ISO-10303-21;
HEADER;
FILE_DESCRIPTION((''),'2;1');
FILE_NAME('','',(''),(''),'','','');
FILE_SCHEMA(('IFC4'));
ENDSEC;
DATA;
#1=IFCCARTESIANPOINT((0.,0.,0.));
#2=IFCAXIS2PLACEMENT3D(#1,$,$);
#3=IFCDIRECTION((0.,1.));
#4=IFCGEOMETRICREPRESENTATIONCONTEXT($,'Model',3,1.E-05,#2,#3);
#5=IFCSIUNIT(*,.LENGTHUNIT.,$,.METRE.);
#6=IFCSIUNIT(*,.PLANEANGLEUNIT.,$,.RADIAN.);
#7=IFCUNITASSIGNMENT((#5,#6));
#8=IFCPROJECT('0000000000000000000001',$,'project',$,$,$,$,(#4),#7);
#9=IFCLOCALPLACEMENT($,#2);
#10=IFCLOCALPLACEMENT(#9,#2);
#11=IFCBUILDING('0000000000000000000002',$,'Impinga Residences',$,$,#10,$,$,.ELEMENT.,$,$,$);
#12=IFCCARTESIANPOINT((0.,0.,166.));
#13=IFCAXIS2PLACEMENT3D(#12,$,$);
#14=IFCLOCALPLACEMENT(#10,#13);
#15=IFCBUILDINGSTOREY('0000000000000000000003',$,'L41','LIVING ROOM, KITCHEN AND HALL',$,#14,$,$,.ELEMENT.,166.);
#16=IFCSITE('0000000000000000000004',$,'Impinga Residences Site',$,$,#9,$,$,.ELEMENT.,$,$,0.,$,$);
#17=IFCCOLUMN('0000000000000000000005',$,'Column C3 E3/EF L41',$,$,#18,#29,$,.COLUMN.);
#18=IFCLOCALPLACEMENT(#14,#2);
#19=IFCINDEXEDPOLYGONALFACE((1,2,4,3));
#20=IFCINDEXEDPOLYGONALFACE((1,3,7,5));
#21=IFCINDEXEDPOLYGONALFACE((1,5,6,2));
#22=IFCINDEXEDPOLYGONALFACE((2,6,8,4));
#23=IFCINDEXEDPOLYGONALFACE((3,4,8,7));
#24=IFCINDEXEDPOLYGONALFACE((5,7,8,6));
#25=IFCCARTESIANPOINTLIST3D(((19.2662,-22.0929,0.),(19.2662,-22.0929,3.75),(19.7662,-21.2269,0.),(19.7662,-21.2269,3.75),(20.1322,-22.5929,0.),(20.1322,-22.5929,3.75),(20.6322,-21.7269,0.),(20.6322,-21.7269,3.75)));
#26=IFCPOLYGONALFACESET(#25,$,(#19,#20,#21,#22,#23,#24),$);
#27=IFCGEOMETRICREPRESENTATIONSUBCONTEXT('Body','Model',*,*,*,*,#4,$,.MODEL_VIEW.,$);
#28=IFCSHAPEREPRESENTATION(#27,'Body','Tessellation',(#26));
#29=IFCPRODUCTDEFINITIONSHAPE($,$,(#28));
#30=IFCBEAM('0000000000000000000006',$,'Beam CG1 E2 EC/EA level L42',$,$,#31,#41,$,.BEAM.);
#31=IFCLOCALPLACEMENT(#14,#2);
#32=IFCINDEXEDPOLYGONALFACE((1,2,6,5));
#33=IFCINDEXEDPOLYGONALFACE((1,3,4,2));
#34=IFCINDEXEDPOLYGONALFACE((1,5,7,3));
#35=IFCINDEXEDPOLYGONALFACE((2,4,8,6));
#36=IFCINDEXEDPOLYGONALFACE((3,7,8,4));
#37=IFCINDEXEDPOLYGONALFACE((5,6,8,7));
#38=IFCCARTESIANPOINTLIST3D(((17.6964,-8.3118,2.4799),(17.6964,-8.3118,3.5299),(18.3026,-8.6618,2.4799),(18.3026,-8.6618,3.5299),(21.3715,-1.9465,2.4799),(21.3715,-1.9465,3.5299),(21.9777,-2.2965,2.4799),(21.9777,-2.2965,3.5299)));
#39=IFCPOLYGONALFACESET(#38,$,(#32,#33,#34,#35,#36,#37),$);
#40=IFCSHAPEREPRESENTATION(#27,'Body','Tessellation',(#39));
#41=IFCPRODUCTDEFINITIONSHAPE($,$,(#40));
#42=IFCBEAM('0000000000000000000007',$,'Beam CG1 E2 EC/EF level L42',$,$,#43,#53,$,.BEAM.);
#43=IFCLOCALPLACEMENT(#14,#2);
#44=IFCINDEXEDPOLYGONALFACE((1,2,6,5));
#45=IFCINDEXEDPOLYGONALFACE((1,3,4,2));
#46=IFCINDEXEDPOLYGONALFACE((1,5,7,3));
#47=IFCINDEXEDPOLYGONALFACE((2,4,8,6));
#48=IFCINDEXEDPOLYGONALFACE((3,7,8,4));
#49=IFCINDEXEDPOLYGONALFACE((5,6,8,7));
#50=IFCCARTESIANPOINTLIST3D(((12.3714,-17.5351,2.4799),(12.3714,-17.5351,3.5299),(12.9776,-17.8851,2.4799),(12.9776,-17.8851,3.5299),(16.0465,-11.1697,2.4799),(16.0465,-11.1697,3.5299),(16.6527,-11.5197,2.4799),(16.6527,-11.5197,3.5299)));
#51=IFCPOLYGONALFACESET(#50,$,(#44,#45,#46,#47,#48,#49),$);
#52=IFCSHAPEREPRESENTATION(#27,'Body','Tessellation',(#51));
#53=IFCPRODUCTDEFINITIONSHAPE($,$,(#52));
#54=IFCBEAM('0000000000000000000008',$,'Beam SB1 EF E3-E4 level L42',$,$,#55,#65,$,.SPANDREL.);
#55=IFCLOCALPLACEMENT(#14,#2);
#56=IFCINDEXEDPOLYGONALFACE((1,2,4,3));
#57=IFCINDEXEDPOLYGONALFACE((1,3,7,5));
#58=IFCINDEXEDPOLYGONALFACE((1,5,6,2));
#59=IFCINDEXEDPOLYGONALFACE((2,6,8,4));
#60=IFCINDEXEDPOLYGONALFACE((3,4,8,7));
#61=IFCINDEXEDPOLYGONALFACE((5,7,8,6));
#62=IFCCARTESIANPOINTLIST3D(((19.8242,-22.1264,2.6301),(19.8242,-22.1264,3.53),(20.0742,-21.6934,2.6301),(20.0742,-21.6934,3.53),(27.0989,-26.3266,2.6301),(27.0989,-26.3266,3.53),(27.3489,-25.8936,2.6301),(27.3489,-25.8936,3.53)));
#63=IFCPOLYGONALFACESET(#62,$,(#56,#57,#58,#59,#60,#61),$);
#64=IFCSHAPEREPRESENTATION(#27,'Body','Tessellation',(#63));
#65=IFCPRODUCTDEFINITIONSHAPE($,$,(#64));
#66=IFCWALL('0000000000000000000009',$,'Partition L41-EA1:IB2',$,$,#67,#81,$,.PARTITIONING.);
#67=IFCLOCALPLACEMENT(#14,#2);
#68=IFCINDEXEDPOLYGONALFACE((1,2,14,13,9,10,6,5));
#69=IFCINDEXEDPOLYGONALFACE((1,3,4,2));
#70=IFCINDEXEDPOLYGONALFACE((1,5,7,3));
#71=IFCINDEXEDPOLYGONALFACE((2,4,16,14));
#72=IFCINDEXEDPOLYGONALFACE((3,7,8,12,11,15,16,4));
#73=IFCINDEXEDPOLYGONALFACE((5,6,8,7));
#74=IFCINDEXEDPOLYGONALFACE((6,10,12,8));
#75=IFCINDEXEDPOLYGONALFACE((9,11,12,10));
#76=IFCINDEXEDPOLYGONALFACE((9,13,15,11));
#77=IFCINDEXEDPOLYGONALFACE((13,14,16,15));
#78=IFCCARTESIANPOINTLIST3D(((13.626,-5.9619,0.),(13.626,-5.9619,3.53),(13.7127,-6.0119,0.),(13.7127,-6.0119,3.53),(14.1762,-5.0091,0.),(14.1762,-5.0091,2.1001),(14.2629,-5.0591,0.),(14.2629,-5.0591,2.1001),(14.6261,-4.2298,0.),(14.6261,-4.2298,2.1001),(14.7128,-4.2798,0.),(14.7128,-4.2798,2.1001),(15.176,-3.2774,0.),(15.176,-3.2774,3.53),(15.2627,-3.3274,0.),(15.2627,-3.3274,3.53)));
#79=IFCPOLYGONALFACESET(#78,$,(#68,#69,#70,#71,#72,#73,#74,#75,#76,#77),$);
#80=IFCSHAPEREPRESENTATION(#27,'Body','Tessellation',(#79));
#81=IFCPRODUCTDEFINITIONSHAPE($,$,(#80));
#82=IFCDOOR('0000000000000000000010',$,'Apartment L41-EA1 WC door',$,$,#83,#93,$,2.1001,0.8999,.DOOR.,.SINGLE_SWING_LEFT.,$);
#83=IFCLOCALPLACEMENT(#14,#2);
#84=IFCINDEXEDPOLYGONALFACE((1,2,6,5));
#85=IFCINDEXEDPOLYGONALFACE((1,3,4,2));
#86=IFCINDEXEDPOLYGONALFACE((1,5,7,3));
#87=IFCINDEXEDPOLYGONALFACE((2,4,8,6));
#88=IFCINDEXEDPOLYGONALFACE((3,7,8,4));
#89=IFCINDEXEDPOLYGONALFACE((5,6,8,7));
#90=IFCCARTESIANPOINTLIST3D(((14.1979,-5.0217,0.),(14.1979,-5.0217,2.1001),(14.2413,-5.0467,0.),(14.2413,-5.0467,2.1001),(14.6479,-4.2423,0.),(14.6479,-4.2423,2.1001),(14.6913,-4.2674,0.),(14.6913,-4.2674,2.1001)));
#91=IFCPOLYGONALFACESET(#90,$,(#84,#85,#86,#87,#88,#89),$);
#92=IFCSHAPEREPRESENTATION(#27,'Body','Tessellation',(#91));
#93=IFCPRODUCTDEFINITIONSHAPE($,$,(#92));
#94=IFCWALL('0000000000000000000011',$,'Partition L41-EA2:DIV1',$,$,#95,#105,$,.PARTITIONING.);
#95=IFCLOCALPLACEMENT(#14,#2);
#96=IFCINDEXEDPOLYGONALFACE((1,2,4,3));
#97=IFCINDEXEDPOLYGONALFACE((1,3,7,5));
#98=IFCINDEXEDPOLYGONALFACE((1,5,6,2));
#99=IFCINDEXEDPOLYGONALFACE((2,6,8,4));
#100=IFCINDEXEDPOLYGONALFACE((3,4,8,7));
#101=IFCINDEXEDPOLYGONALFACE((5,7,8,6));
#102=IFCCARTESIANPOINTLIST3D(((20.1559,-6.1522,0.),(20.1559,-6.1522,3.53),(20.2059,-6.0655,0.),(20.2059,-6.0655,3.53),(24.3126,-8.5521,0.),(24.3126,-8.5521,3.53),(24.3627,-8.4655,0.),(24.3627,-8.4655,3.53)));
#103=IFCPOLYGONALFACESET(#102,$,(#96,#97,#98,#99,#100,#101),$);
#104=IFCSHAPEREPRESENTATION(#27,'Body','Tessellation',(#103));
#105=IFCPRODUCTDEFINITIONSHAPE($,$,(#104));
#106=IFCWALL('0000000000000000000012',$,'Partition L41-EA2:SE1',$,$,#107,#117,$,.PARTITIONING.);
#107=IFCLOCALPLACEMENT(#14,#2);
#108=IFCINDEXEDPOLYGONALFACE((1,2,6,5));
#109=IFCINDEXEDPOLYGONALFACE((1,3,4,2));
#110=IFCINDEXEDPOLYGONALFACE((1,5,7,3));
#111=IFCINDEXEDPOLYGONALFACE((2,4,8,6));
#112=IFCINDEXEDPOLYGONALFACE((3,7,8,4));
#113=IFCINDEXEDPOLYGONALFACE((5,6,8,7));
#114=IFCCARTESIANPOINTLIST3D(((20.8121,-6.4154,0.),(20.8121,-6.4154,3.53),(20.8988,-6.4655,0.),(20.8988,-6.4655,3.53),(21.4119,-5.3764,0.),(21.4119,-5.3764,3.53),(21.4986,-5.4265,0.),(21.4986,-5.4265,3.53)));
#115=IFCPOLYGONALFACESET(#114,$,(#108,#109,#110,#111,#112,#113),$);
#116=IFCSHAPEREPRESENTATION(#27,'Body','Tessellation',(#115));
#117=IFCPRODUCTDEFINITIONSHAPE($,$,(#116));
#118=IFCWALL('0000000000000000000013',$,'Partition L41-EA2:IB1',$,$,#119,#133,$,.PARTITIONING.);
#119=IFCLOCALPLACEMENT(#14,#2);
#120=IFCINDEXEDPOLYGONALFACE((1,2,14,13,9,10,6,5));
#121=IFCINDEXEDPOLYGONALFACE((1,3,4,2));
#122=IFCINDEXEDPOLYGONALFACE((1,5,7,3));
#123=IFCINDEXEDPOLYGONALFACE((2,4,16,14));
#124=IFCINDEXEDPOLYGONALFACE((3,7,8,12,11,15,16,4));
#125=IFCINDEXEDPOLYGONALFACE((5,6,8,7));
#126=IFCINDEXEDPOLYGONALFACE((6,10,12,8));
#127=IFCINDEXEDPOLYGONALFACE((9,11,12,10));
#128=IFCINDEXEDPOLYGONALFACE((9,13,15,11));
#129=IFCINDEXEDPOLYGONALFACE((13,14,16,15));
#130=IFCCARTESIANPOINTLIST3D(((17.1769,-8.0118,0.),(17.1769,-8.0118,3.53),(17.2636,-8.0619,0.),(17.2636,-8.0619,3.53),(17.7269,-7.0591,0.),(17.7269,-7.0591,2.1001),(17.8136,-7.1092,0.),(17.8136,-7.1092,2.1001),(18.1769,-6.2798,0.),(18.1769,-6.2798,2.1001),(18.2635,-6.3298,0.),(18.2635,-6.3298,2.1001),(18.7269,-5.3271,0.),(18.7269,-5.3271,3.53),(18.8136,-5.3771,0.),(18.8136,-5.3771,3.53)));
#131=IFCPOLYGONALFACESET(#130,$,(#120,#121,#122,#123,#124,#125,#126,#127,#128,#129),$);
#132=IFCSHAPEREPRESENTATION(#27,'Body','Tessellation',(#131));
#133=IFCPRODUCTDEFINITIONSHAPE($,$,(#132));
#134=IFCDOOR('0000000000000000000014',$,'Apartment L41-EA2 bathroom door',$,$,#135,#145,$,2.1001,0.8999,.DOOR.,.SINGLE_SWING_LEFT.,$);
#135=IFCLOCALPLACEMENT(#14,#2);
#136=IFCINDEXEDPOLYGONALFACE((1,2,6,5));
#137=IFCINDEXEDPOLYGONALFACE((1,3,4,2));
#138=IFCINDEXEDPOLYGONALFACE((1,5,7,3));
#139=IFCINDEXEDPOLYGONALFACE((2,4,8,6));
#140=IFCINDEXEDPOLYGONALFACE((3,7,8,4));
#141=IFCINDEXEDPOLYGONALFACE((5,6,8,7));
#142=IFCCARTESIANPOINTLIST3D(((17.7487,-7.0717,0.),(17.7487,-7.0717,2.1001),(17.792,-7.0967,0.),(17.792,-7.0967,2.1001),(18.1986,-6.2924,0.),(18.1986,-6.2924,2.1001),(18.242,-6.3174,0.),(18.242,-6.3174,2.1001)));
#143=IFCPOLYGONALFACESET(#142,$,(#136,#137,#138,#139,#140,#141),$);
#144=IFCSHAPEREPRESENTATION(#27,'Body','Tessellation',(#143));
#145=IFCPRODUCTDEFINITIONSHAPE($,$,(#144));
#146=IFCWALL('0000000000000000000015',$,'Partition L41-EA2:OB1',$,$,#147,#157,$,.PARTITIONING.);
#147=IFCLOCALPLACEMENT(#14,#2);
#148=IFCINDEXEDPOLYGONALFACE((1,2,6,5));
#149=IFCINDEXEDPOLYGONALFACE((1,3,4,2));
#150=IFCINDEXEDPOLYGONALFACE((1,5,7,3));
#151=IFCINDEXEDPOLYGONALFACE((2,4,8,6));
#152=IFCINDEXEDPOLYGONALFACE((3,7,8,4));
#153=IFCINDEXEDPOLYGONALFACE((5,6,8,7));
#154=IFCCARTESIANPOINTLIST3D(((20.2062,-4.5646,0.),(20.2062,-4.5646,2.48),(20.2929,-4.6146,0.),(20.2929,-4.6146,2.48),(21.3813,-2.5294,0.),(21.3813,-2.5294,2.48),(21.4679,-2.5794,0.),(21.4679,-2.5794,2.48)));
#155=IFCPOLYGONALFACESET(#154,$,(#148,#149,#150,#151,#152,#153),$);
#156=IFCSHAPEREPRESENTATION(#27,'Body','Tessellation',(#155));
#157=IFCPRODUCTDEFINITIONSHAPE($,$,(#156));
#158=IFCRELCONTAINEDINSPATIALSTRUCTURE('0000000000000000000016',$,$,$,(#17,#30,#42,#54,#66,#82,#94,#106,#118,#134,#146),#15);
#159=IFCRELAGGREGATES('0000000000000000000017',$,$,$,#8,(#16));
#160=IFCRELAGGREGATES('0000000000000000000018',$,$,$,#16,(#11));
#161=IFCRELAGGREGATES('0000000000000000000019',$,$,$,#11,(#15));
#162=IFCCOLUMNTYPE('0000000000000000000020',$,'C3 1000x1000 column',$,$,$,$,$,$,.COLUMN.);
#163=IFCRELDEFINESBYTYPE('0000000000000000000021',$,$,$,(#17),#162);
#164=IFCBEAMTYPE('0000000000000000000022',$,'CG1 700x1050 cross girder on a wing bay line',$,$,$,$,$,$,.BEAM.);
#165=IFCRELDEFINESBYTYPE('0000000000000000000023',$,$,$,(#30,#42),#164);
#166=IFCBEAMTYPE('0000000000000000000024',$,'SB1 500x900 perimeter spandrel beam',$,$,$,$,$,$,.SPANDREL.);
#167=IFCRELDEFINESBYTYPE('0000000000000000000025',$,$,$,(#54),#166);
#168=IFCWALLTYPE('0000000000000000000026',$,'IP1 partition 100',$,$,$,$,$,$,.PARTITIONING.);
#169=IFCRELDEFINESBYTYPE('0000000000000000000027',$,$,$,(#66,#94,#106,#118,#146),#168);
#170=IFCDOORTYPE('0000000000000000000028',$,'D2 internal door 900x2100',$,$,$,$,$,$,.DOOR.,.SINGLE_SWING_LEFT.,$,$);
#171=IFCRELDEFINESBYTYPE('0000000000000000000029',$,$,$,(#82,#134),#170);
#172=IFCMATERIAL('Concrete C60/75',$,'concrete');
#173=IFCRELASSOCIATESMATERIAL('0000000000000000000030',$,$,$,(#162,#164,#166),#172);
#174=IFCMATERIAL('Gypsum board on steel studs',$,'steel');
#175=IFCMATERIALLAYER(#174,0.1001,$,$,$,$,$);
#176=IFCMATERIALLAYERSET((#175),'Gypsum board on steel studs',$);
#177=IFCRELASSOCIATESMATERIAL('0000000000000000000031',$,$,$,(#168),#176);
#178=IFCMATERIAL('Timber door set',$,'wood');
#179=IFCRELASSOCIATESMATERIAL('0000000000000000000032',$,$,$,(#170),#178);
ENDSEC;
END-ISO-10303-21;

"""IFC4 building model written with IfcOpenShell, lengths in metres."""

from ifc_helpers import new_model, si_unit, direction, frame, frame_2d, origin, origin_2d, place, context, subcontext, project, spatial, rectangle, extrude, material, layer, layer_set, material_profile, profile_set, type_object, element, fill, save


model = new_model("IFC4")

# Units and contexts
model_context = context("Model", 3, precision=1e-05, world=origin(), true_north=direction((0.0, 1.0)))
body_context = subcontext(model_context, "Body", "Model", "MODEL_VIEW")
ifc_project = project(units=[si_unit("LENGTHUNIT", "METRE"), si_unit("PLANEANGLEUNIT", "RADIAN")], contexts=[model_context])

# Site, building, storey
site_placement = place(None, origin())
site = spatial("IfcSite", under=ifc_project, at=site_placement, Name="Impinga Residences Site", CompositionType="ELEMENT", RefElevation=0.0)
building_placement = place(site_placement, origin())
building = spatial("IfcBuilding", under=site, at=building_placement, Name="Impinga Residences", CompositionType="ELEMENT")
storey_placement = place(building_placement, frame((0.0, 0.0, 166.0)))
storey = spatial("IfcBuildingStorey", under=building, at=storey_placement, Name="L41", Description="LIVING ROOM, KITCHEN AND HALL", CompositionType="ELEMENT", Elevation=166.0)

# Column
ifc_material_1 = material(Name="Concrete C60/75", Category="concrete")
ifc_material_profile_1 = material_profile(ifc_material_1, rectangle(XDim=1.0, YDim=1.0, at=origin_2d()), Name="RC 1000x1000")
ifc_profile_set_1 = profile_set([ifc_material_profile_1], Name="Concrete C60/75")
column_type = type_object("IfcColumnType", Name="C3 1000x1000 column", PredefinedType="COLUMN", material=ifc_profile_set_1)
column_placement = place(storey_placement, frame((19.9492, -21.9099, 0.0), z_axis=(0.0, 0.0, 1.0), x_axis=(-0.5, -0.866025, 0.0)))
element("IfcColumn", 1, at=column_placement, inside=storey, type_object=column_type, Name="Column C3 E3/EF L41", PredefinedType="COLUMN", context=body_context, shape_type="SweptSolid", body=[
    extrude(rectangle(XDim=1.0, YDim=1.0, at=origin_2d()), origin(), (0.0, 0.0, 1.0), 3.75),
])

# Beams
ifc_material_profile_2 = material_profile(ifc_material_1, rectangle(XDim=0.7, YDim=1.05, at=origin_2d()), Name="RC 700x1050")
ifc_profile_set_2 = profile_set([ifc_material_profile_2], Name="Concrete C60/75")
beam_type_1 = type_object("IfcBeamType", Name="CG1 700x1050 cross girder on a wing bay line", PredefinedType="BEAM", material=ifc_profile_set_2)
for number, where, z_axis, x_axis, name in (
    (2, (17.9995, -8.4868, 3.0049), (0.500008, 0.866021, 0.0), (-0.866021, 0.500008, 0.0), "Beam CG1 E2 EC/EA level L42"),
    (3, (16.3496, -11.3447, 3.0049), (-0.500008, -0.866021, 0.0), (0.866021, -0.500008, 0.0), "Beam CG1 E2 EC/EF level L42"),
):
    element("IfcBeam", number, at=place(storey_placement, frame(where, z_axis=z_axis, x_axis=x_axis)), inside=storey, type_object=beam_type_1, Name=name, PredefinedType="BEAM", context=body_context, shape_type="SweptSolid", body=[
        extrude(rectangle(XDim=0.7, YDim=1.05, at=origin_2d()), origin(), (0.0, 0.0, 1.0), 7.3501),
    ])
ifc_material_profile_3 = material_profile(ifc_material_1, rectangle(XDim=0.5, YDim=0.8999, at=origin_2d()), Name="RC 500x900")
ifc_profile_set_3 = profile_set([ifc_material_profile_3], Name="Concrete C60/75")
beam_type_2 = type_object("IfcBeamType", Name="SB1 500x900 perimeter spandrel beam", PredefinedType="SPANDREL", material=ifc_profile_set_3)
beam_placement = place(storey_placement, frame((19.9492, -21.9099, 3.0801), z_axis=(0.866017, -0.500015, 0.0), x_axis=(0.500015, 0.866017, 0.0)))
element("IfcBeam", 4, at=beam_placement, inside=storey, type_object=beam_type_2, Name="Beam SB1 EF E3-E4 level L42", PredefinedType="SPANDREL", context=body_context, shape_type="SweptSolid", body=[
    extrude(rectangle(XDim=0.5, YDim=0.8999, at=origin_2d()), origin(), (0.0, 0.0, 1.0), 8.4001),
])

# Wall, opening, door
ifc_material_2 = material(Name="Gypsum board on steel studs", Category="steel")
ifc_layer_1 = layer(ifc_material_2, 0.1001)
ifc_layer_set_1 = layer_set([ifc_layer_1], Name="Gypsum board on steel studs")
wall_type_1 = type_object("IfcWallType", Name="IP1 partition 100", PredefinedType="PARTITIONING", material=ifc_layer_set_1)
wall_1_placement = place(storey_placement, frame((13.6694, -5.9868, 0.0), z_axis=(0.0, 0.0, 1.0), x_axis=(0.500027, 0.86601, 0.0)))
wall_1 = element("IfcWall", 5, at=wall_1_placement, inside=storey, type_object=wall_type_1, Name="Partition L41-EA1:IB2", PredefinedType="PARTITIONING", context=body_context, shape_type="SweptSolid", body=[
    extrude(rectangle(XDim=3.0999, YDim=0.1001, at=frame_2d((1.5498, 0.0))), origin(), (0.0, 0.0, 1.0), 3.53),
])
opening_1_placement = place(wall_1_placement, frame((1.1001, 0.0, 0.0)))
opening_1 = element("IfcOpeningElement", 6, at=opening_1_placement, cuts=wall_1, PredefinedType="OPENING", context=body_context, shape_type="SweptSolid", body=[
    extrude(rectangle(XDim=0.8999, YDim=2.1001, at=frame_2d((0.45, 1.05))), frame((0.0, 0.0601, 0.0), z_axis=(0.0, -1.0, 0.0), x_axis=(1.0, 0.0, 0.0)), (0.0, 0.0, 1.0), 0.1201),
])
ifc_material_3 = material(Name="Timber door set", Category="wood")
door_type = type_object("IfcDoorType", Name="D2 internal door 900x2100", OperationType="SINGLE_SWING_LEFT", PredefinedType="DOOR", material=ifc_material_3)
door_1_placement = place(opening_1_placement, origin())
door_1 = element("IfcDoor", 7, at=door_1_placement, inside=storey, type_object=door_type, Name="Apartment L41-EA1 WC door", OperationType="SINGLE_SWING_LEFT", OverallHeight=2.1001, OverallWidth=0.8999, PredefinedType="DOOR", context=body_context, shape_type="SweptSolid", body=[
    extrude(rectangle(XDim=0.8999, YDim=2.1001, at=frame_2d((0.45, 1.05))), frame((0.0, 0.0249, 0.0), z_axis=(0.0, -1.0, 0.0), x_axis=(1.0, 0.0, 0.0)), (0.0, 0.0, 1.0), 0.05),
])
fill(opening_1, door_1)

# Walls
wall_2_placement = place(storey_placement, frame((20.1809, -6.1089, 0.0), z_axis=(0.0, 0.0, 1.0), x_axis=(0.866025, -0.500001, 0.0)))
element("IfcWall", 8, at=wall_2_placement, inside=storey, type_object=wall_type_1, Name="Partition L41-EA2:DIV1", PredefinedType="PARTITIONING", context=body_context, shape_type="SweptSolid", body=[
    extrude(rectangle(XDim=4.7998, YDim=0.1001, at=frame_2d((2.3999, 0.0))), origin(), (0.0, 0.0, 1.0), 3.53),
])
wall_3_placement = place(storey_placement, frame((20.8555, -6.4404, 0.0), z_axis=(0.0, 0.0, 1.0), x_axis=(0.499969, 0.866043, 0.0)))
element("IfcWall", 9, at=wall_3_placement, inside=storey, type_object=wall_type_1, Name="Partition L41-EA2:SE1", PredefinedType="PARTITIONING", context=body_context, shape_type="SweptSolid", body=[
    extrude(rectangle(XDim=1.1997, YDim=0.1001, at=frame_2d((0.5999, 0.0))), origin(), (0.0, 0.0, 1.0), 3.53),
])

# Wall, opening, door
wall_4_placement = place(storey_placement, frame((17.2202, -8.0369, 0.0), z_axis=(0.0, 0.0, 1.0), x_axis=(0.499993, 0.86603, 0.0)))
wall_4 = element("IfcWall", 10, at=wall_4_placement, inside=storey, type_object=wall_type_1, Name="Partition L41-EA2:IB1", PredefinedType="PARTITIONING", context=body_context, shape_type="SweptSolid", body=[
    extrude(rectangle(XDim=3.1001, YDim=0.1001, at=frame_2d((1.55, 0.0))), origin(), (0.0, 0.0, 1.0), 3.53),
])
opening_2_placement = place(wall_4_placement, frame((1.1001, 0.0, 0.0)))
opening_2 = element("IfcOpeningElement", 11, at=opening_2_placement, cuts=wall_4, PredefinedType="OPENING", context=body_context, shape_type="SweptSolid", body=[
    extrude(rectangle(XDim=0.8999, YDim=2.1001, at=frame_2d((0.45, 1.05))), frame((0.0, 0.0601, 0.0), z_axis=(0.0, -1.0, 0.0), x_axis=(1.0, 0.0, 0.0)), (0.0, 0.0, 1.0), 0.1201),
])
door_2_placement = place(opening_2_placement, origin())
door_2 = element("IfcDoor", 12, at=door_2_placement, inside=storey, type_object=door_type, Name="Apartment L41-EA2 bathroom door", OperationType="SINGLE_SWING_LEFT", OverallHeight=2.1001, OverallWidth=0.8999, PredefinedType="DOOR", context=body_context, shape_type="SweptSolid", body=[
    extrude(rectangle(XDim=0.8999, YDim=2.1001, at=frame_2d((0.45, 1.05))), frame((0.0, 0.0249, 0.0), z_axis=(0.0, -1.0, 0.0), x_axis=(1.0, 0.0, 0.0)), (0.0, 0.0, 1.0), 0.05),
])
fill(opening_2, door_2)

# Wall
wall_5_placement = place(storey_placement, frame((20.2495, -4.5896, 0.0), z_axis=(0.0, 0.0, 1.0), x_axis=(0.500016, 0.866016, 0.0)))
element("IfcWall", 13, at=wall_5_placement, inside=storey, type_object=wall_type_1, Name="Partition L41-EA2:OB1", PredefinedType="PARTITIONING", context=body_context, shape_type="SweptSolid", body=[
    extrude(rectangle(XDim=2.3501, YDim=0.1001, at=frame_2d((1.175, 0.0))), origin(), (0.0, 0.0, 1.0), 2.48),
])

save(model, "model.ifc")
